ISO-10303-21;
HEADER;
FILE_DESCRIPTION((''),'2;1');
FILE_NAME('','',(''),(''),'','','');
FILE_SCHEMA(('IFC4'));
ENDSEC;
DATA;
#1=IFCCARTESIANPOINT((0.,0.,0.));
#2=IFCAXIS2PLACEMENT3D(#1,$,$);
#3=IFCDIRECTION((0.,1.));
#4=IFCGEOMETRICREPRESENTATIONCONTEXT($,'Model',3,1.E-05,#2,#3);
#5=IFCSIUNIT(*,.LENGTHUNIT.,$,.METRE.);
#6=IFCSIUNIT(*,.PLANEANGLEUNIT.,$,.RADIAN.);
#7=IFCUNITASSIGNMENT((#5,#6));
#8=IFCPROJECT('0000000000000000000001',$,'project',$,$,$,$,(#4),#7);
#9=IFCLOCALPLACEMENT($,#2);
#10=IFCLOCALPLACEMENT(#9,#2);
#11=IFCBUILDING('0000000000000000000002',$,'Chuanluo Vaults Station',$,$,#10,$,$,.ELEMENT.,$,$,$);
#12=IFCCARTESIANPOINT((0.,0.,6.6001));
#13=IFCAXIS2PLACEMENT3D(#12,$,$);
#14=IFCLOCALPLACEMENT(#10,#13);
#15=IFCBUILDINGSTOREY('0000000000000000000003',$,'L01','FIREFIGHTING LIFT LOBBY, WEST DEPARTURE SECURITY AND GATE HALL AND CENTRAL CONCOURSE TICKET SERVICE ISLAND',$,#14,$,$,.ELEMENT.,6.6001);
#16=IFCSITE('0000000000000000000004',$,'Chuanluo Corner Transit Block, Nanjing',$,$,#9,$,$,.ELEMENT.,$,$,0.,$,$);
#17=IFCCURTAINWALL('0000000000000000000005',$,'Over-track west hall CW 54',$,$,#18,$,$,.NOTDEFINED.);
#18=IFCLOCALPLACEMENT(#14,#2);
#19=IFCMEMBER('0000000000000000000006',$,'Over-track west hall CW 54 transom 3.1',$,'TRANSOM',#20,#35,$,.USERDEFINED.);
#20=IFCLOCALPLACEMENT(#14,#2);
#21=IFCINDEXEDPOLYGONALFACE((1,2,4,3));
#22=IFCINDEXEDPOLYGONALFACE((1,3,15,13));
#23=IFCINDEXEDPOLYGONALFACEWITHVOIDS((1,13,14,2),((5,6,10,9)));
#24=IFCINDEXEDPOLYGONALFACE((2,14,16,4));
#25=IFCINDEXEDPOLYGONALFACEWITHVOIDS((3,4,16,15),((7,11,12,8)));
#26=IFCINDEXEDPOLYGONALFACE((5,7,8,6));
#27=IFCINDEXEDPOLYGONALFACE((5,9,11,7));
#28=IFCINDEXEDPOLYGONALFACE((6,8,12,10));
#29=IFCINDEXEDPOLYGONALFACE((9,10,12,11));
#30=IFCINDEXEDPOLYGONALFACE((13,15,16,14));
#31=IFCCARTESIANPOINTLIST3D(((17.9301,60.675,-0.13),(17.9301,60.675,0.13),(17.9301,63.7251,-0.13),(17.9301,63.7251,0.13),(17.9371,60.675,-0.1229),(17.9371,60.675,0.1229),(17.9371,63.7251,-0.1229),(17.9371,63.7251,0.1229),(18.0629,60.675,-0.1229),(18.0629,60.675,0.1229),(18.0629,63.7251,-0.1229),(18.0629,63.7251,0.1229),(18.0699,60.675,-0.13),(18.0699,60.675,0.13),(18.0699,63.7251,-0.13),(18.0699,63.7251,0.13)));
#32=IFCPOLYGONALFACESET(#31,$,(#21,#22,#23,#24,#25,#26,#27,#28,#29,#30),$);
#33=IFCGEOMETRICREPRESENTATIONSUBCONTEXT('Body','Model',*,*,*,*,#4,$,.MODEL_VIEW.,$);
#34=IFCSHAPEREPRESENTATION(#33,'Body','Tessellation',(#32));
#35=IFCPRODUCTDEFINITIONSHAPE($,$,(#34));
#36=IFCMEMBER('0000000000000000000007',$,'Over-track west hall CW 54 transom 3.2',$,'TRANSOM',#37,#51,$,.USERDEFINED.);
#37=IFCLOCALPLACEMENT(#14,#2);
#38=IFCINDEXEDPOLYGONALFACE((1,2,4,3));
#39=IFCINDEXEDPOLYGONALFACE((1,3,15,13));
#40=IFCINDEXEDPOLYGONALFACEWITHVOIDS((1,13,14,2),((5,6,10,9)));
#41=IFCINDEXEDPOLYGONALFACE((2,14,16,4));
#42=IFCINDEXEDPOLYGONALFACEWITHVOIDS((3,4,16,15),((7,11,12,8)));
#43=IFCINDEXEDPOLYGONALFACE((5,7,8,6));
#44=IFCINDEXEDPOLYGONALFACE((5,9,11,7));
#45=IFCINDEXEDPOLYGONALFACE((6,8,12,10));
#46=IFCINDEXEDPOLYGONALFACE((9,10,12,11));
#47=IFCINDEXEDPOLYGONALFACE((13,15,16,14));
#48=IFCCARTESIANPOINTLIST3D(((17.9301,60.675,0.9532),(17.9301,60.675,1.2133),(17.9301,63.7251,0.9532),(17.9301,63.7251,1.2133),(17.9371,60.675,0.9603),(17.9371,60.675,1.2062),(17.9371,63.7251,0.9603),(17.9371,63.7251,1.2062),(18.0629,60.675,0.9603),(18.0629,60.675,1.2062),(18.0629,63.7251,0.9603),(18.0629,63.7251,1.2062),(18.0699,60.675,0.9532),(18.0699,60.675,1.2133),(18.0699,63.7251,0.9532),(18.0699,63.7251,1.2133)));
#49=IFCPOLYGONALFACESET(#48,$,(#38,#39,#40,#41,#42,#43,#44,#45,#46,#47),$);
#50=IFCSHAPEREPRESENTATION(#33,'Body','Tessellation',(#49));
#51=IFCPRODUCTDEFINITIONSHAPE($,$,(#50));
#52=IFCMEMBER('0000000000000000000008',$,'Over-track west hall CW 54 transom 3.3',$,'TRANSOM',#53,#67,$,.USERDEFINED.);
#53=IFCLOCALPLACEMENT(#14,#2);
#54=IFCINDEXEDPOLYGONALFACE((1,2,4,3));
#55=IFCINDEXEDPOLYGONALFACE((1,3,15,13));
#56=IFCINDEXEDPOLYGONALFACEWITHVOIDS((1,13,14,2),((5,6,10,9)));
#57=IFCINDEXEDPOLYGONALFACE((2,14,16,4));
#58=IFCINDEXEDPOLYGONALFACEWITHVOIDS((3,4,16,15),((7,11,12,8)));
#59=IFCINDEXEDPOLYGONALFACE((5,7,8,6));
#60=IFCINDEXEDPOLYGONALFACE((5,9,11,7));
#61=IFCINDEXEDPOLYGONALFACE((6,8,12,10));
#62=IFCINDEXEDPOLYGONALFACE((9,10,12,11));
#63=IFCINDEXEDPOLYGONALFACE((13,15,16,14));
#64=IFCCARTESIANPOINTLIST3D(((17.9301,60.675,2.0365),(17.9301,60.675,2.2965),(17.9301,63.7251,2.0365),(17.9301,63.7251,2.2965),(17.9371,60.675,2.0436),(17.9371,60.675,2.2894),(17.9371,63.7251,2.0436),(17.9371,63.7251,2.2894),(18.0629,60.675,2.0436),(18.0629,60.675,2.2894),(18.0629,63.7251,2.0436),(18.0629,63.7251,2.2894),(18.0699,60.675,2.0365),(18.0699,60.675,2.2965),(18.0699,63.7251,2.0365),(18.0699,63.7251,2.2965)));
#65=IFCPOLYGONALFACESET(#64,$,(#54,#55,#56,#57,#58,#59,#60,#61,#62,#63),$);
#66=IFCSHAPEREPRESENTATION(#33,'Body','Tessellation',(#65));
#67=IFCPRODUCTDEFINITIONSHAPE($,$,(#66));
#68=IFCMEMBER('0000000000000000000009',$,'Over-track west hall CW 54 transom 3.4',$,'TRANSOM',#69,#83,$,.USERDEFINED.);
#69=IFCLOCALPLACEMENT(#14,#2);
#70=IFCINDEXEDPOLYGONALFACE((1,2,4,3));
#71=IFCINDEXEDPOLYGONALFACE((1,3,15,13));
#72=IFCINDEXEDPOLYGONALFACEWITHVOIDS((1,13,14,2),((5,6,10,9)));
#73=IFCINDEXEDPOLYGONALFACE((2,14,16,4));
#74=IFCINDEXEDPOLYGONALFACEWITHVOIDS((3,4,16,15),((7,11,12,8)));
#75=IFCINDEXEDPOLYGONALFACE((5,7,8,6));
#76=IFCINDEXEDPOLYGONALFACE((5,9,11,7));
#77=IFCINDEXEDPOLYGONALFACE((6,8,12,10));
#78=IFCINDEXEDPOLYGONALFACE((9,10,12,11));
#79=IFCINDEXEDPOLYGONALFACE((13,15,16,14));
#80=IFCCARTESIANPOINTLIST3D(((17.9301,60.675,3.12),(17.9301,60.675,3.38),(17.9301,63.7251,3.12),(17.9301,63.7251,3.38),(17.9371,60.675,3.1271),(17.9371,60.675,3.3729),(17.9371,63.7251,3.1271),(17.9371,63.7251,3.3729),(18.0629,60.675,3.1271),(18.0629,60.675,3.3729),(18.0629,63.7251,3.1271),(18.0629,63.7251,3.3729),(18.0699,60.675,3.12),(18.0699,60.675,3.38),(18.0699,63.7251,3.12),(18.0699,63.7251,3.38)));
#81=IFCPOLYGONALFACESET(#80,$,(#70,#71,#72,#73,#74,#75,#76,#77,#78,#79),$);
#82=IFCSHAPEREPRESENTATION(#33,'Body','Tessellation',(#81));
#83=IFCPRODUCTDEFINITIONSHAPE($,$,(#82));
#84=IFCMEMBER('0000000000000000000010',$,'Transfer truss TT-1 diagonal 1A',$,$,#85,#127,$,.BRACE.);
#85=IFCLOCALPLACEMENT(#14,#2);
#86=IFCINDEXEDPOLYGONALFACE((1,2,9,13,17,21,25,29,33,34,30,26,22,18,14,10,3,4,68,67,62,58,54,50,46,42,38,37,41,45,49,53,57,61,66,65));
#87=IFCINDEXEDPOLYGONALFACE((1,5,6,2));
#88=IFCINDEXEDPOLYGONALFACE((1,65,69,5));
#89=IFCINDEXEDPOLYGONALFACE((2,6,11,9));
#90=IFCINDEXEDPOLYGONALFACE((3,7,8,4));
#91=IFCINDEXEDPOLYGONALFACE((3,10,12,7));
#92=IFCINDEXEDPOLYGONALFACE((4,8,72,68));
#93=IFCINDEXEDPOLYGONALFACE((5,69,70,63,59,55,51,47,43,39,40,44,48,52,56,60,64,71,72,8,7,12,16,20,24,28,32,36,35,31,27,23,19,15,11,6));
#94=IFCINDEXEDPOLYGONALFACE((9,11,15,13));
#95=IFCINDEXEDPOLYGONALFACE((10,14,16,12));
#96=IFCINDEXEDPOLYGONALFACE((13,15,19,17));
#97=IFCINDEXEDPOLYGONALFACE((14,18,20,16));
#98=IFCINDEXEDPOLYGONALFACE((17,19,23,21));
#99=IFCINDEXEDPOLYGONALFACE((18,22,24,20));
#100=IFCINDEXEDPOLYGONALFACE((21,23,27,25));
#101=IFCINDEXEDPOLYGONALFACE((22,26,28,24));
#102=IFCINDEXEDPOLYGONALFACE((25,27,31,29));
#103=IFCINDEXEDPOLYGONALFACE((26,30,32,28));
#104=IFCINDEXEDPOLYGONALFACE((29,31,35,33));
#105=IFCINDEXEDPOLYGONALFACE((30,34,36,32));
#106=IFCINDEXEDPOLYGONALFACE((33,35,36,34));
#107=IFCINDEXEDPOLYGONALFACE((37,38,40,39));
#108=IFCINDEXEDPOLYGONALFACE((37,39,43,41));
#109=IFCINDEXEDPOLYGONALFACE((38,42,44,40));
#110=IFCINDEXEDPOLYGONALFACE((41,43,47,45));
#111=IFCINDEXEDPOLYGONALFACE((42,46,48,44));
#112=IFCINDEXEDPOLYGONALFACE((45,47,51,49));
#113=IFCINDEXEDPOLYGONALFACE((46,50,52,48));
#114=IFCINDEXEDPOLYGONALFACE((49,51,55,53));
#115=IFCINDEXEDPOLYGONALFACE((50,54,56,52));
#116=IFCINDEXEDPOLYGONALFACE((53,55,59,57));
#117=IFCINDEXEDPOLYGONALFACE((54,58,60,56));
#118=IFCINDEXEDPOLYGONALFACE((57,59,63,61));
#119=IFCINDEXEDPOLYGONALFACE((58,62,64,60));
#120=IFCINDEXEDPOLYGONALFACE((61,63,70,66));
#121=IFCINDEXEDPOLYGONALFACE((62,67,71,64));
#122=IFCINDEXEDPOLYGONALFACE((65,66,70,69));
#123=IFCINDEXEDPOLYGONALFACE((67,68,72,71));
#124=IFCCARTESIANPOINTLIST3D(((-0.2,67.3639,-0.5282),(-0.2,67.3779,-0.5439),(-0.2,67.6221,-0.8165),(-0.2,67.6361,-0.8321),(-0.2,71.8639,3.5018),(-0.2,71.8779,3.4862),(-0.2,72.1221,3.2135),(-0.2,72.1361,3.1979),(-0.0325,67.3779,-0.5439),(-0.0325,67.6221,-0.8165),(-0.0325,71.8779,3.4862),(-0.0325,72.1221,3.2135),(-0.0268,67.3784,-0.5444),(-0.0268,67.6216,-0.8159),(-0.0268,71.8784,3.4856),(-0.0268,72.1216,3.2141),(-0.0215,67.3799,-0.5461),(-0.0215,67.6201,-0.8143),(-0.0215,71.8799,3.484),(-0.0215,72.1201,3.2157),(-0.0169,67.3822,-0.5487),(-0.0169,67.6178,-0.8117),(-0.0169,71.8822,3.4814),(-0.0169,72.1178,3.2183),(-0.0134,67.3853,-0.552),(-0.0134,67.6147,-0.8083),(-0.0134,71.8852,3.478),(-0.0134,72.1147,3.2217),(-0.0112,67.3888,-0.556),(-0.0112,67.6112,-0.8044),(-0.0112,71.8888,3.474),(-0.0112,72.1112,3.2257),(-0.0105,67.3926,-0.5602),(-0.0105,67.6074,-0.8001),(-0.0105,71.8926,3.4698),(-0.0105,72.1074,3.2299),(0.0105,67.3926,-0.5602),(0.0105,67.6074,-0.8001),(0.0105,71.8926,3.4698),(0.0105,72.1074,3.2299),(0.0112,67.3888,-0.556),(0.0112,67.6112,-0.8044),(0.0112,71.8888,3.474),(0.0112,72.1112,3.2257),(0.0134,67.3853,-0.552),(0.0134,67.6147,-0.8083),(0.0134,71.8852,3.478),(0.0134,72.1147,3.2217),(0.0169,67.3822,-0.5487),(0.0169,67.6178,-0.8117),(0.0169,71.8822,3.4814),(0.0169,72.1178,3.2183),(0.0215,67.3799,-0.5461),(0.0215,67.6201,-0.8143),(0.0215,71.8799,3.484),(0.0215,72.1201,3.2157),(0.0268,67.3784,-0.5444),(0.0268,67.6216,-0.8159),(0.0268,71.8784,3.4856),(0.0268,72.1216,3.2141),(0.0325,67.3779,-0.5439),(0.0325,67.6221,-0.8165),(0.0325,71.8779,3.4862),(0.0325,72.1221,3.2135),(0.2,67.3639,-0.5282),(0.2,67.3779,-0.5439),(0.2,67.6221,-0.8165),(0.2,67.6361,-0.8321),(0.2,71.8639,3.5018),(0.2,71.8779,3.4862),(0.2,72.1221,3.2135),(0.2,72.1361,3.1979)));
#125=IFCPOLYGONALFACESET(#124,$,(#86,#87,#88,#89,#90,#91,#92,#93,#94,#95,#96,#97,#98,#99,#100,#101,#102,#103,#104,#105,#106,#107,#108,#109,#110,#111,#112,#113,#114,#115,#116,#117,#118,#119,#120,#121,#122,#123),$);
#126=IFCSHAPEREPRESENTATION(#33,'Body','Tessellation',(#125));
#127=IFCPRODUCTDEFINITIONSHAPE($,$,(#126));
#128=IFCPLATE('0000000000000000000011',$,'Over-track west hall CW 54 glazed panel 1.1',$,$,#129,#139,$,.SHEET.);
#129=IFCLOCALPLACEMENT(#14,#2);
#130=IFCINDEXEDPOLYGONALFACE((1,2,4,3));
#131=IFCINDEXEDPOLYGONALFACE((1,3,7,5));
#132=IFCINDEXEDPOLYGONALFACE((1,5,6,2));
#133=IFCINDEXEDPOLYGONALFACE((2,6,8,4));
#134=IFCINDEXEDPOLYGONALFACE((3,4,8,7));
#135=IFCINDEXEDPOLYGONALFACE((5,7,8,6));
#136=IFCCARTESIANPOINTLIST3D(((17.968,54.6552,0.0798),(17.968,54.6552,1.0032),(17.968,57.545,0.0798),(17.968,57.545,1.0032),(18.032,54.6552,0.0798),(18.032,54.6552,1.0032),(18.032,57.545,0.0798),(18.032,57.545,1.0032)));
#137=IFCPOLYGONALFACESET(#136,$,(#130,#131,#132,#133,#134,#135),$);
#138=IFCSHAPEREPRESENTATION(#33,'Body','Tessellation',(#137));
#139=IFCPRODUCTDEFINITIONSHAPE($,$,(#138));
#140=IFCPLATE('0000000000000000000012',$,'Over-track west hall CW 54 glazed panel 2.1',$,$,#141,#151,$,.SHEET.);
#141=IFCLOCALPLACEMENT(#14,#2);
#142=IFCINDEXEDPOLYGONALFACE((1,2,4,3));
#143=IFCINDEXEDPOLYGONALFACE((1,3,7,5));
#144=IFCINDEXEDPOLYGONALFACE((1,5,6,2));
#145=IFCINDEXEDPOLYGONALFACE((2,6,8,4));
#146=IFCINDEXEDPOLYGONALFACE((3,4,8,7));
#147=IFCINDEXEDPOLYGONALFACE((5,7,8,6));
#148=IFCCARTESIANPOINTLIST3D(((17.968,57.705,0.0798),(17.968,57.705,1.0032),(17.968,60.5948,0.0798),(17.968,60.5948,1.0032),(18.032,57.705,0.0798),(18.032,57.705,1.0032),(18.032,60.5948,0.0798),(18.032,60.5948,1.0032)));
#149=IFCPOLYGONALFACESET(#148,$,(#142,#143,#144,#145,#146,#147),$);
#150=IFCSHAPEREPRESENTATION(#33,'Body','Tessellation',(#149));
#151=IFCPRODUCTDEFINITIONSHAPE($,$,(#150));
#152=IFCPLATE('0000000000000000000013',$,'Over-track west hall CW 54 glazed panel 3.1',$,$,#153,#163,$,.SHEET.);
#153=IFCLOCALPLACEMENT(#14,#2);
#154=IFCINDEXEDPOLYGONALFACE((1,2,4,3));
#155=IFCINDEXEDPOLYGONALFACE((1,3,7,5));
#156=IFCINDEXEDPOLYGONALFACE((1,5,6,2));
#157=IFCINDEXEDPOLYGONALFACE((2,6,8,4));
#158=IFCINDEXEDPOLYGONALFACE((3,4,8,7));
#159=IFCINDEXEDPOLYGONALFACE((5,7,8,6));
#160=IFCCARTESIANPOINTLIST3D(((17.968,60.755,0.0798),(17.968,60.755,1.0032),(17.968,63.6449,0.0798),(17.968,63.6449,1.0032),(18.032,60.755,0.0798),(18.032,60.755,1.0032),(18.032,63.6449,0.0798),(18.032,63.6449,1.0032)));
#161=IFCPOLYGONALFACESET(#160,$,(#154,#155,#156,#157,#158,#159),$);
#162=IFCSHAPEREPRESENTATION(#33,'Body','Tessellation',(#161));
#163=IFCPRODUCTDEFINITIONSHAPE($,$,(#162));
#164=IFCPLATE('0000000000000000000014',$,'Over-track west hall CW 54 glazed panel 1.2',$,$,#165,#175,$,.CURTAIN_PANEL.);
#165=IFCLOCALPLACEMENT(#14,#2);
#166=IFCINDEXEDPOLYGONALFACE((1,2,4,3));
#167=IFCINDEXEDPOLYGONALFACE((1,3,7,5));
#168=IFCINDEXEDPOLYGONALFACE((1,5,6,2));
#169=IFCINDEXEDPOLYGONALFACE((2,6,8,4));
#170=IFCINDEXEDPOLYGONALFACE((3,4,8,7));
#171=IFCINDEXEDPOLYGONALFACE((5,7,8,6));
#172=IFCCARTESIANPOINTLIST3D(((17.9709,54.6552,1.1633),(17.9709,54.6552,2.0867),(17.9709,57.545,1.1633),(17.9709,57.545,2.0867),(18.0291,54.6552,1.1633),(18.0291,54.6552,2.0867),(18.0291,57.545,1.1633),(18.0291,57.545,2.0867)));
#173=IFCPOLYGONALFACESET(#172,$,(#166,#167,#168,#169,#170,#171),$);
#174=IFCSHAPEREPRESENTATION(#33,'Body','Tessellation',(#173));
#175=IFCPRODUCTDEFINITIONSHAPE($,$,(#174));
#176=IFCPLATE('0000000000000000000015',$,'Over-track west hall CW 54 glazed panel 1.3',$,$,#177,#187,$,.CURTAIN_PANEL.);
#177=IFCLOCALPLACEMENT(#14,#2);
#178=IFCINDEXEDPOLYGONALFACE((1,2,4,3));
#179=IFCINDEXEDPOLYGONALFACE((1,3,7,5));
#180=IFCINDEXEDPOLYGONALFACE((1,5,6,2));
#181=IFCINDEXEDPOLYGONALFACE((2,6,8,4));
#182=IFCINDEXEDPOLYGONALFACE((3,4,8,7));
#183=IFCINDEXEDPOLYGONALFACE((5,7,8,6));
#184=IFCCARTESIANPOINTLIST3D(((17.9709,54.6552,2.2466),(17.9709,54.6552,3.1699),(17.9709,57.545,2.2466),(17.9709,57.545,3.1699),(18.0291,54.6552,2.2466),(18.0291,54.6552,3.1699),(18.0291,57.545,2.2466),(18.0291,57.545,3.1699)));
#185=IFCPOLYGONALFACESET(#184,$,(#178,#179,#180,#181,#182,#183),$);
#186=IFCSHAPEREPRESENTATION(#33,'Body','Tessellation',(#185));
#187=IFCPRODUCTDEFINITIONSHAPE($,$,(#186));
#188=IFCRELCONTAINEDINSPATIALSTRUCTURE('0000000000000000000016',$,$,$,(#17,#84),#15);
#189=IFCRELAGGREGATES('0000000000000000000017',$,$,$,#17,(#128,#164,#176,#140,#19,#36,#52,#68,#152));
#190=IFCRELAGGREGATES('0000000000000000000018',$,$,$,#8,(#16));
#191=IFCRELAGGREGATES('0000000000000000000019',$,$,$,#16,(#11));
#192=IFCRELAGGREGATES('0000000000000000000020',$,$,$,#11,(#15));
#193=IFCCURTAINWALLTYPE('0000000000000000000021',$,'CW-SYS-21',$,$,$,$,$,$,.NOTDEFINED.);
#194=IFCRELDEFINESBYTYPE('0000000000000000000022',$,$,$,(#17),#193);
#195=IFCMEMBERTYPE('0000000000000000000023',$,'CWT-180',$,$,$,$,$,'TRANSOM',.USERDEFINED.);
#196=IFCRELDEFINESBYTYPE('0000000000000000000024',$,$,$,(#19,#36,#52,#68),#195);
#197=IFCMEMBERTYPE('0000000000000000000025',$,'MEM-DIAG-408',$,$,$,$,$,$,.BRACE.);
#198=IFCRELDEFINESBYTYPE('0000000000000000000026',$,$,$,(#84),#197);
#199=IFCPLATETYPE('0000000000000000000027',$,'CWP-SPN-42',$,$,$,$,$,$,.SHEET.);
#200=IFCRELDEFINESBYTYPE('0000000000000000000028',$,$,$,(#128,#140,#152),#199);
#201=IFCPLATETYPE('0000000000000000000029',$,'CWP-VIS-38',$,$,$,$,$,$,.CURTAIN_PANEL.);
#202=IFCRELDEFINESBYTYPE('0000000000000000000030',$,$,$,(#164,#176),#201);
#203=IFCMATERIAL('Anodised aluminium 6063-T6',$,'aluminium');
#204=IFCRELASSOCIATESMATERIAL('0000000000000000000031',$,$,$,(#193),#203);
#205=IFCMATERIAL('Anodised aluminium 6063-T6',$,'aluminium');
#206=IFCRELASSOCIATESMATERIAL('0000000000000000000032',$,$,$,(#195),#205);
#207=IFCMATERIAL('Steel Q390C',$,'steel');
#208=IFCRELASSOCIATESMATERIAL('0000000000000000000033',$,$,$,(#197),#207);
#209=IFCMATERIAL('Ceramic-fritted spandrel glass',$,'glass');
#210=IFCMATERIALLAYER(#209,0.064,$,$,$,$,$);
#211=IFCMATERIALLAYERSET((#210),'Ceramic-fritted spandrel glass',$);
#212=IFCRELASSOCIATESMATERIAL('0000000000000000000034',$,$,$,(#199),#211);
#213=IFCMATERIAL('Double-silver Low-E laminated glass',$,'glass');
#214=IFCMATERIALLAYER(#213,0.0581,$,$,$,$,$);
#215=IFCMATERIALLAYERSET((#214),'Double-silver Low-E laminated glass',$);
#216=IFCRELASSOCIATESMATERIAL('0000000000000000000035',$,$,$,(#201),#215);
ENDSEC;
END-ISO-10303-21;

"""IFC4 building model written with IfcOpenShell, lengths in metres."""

from ifc_helpers import new_model, si_unit, direction, frame, origin, origin_2d, place, context, subcontext, project, spatial, rectangle, hollow_rectangle, i_section, extrude, material, layer, layer_set, material_profile, profile_set, type_object, element, aggregate, save


model = new_model("IFC4")

# Units and contexts
model_context = context("Model", 3, precision=1e-05, world=origin(), true_north=direction((0.0, 1.0)))
body_context = subcontext(model_context, "Body", "Model", "MODEL_VIEW")
ifc_project = project(units=[si_unit("LENGTHUNIT", "METRE"), si_unit("PLANEANGLEUNIT", "RADIAN")], contexts=[model_context])

# Site, building, storey
site_placement = place(None, origin())
site = spatial("IfcSite", under=ifc_project, at=site_placement, Name="Chuanluo Corner Transit Block, Nanjing", CompositionType="ELEMENT", RefElevation=0.0)
building_placement = place(site_placement, origin())
building = spatial("IfcBuilding", under=site, at=building_placement, Name="Chuanluo Vaults Station", CompositionType="ELEMENT")
storey_placement = place(building_placement, frame((0.0, 0.0, 6.6001)))
storey = spatial("IfcBuildingStorey", under=building, at=storey_placement, Name="L01", Description="FIREFIGHTING LIFT LOBBY, WEST DEPARTURE SECURITY AND GATE HALL AND CENTRAL CONCOURSE TICKET SERVICE ISLAND", CompositionType="ELEMENT", Elevation=6.6001)

# Curtain wall, members
ifc_material_1 = material(Name="Anodised aluminium 6063-T6", Category="aluminium")
curtain_wall_type = type_object("IfcCurtainWallType", Name="CW-SYS-21", PredefinedType="NOTDEFINED", material=ifc_material_1)
curtain_wall_placement = place(storey_placement, origin())
curtain_wall = element("IfcCurtainWall", 1, at=curtain_wall_placement, inside=storey, type_object=curtain_wall_type, Name="Over-track west hall CW 54", PredefinedType="NOTDEFINED")
ifc_material_2 = material(Name="Anodised aluminium 6063-T6", Category="aluminium")
ifc_material_profile_1 = material_profile(ifc_material_2, hollow_rectangle(XDim=0.1399, YDim=0.26, WallThickness=0.0071, at=origin_2d()))
ifc_profile_set_1 = profile_set([ifc_material_profile_1], Name="Anodised aluminium 6063-T6")
member_type_1 = type_object("IfcMemberType", Name="CWT-180", ElementType="TRANSOM", PredefinedType="USERDEFINED", material=ifc_profile_set_1)
member_1_placement = place(storey_placement, frame((18.0, 60.675, 0.0), z_axis=(0.0, 1.0, 0.0), x_axis=(-1.0, 0.0, 0.0)))
member_1 = element("IfcMember", 2, at=member_1_placement, type_object=member_type_1, Name="Over-track west hall CW 54 transom 3.1", ObjectType="TRANSOM", PredefinedType="USERDEFINED", context=body_context, shape_type="SweptSolid", body=[
    extrude(hollow_rectangle(XDim=0.1399, YDim=0.26, WallThickness=0.0071, at=origin_2d()), origin(), (0.0, 0.0, 1.0), 3.05),
])
member_2_placement = place(storey_placement, frame((18.0, 60.675, 1.0833), z_axis=(0.0, 1.0, 0.0), x_axis=(-1.0, 0.0, 0.0)))
member_2 = element("IfcMember", 3, at=member_2_placement, type_object=member_type_1, Name="Over-track west hall CW 54 transom 3.2", ObjectType="TRANSOM", PredefinedType="USERDEFINED", context=body_context, shape_type="SweptSolid", body=[
    extrude(hollow_rectangle(XDim=0.1399, YDim=0.26, WallThickness=0.0071, at=origin_2d()), origin(), (0.0, 0.0, 1.0), 3.05),
])
member_3_placement = place(storey_placement, frame((18.0, 60.675, 2.1665), z_axis=(0.0, 1.0, 0.0), x_axis=(-1.0, 0.0, 0.0)))
member_3 = element("IfcMember", 4, at=member_3_placement, type_object=member_type_1, Name="Over-track west hall CW 54 transom 3.3", ObjectType="TRANSOM", PredefinedType="USERDEFINED", context=body_context, shape_type="SweptSolid", body=[
    extrude(hollow_rectangle(XDim=0.1399, YDim=0.26, WallThickness=0.0071, at=origin_2d()), origin(), (0.0, 0.0, 1.0), 3.05),
])
member_4_placement = place(storey_placement, frame((18.0, 60.675, 3.25), z_axis=(0.0, 1.0, 0.0), x_axis=(-1.0, 0.0, 0.0)))
member_4 = element("IfcMember", 5, at=member_4_placement, type_object=member_type_1, Name="Over-track west hall CW 54 transom 3.4", ObjectType="TRANSOM", PredefinedType="USERDEFINED", context=body_context, shape_type="SweptSolid", body=[
    extrude(hollow_rectangle(XDim=0.1399, YDim=0.26, WallThickness=0.0071, at=origin_2d()), origin(), (0.0, 0.0, 1.0), 3.05),
])

# Member
ifc_material_3 = material(Name="Steel Q390C", Category="steel")
ifc_material_profile_2 = material_profile(ifc_material_3, i_section(OverallWidth=0.3999, OverallDepth=0.408, WebThickness=0.021, FlangeThickness=0.021, FilletRadius=0.022, at=origin_2d()))
ifc_profile_set_2 = profile_set([ifc_material_profile_2], Name="Steel Q390C")
member_type_2 = type_object("IfcMemberType", Name="MEM-DIAG-408", PredefinedType="BRACE", material=ifc_profile_set_2)
member_5_placement = place(storey_placement, frame((0.0, 67.5, -0.6802), z_axis=(0.0, 0.744936, 0.667136), x_axis=(-1.0, 0.0, 0.0)))
element("IfcMember", 6, at=member_5_placement, inside=storey, type_object=member_type_2, Name="Transfer truss TT-1 diagonal 1A", PredefinedType="BRACE", context=body_context, shape_type="SweptSolid", body=[
    extrude(i_section(OverallWidth=0.3999, OverallDepth=0.408, WebThickness=0.021, FlangeThickness=0.021, FilletRadius=0.022, at=origin_2d()), origin(), (0.0, 0.0, 1.0), 6.0408),
])

# Plates
ifc_material_4 = material(Name="Ceramic-fritted spandrel glass", Category="glass")
ifc_layer_1 = layer(ifc_material_4, 0.064)
ifc_layer_set_1 = layer_set([ifc_layer_1], Name="Ceramic-fritted spandrel glass")
plate_type_1 = type_object("IfcPlateType", Name="CWP-SPN-42", PredefinedType="SHEET", material=ifc_layer_set_1)
plate_1_placement = place(storey_placement, frame((18.0, 56.1001, 0.0798), z_axis=(0.0, 0.0, 1.0), x_axis=(0.0, 1.0, 0.0)))
plate_1 = element("IfcPlate", 7, at=plate_1_placement, type_object=plate_type_1, Name="Over-track west hall CW 54 glazed panel 1.1", PredefinedType="SHEET", context=body_context, shape_type="SweptSolid", body=[
    extrude(rectangle(XDim=2.8899, YDim=0.064, at=origin_2d()), origin(), (0.0, 0.0, 1.0), 0.9233),
])
plate_2_placement = place(storey_placement, frame((18.0, 59.1499, 0.0798), z_axis=(0.0, 0.0, 1.0), x_axis=(0.0, 1.0, 0.0)))
plate_2 = element("IfcPlate", 8, at=plate_2_placement, type_object=plate_type_1, Name="Over-track west hall CW 54 glazed panel 2.1", PredefinedType="SHEET", context=body_context, shape_type="SweptSolid", body=[
    extrude(rectangle(XDim=2.8899, YDim=0.064, at=origin_2d()), origin(), (0.0, 0.0, 1.0), 0.9233),
])
plate_3_placement = place(storey_placement, frame((18.0, 62.2, 0.0798), z_axis=(0.0, 0.0, 1.0), x_axis=(0.0, 1.0, 0.0)))
plate_3 = element("IfcPlate", 9, at=plate_3_placement, type_object=plate_type_1, Name="Over-track west hall CW 54 glazed panel 3.1", PredefinedType="SHEET", context=body_context, shape_type="SweptSolid", body=[
    extrude(rectangle(XDim=2.8899, YDim=0.064, at=origin_2d()), origin(), (0.0, 0.0, 1.0), 0.9233),
])
ifc_material_5 = material(Name="Double-silver Low-E laminated glass", Category="glass")
ifc_layer_2 = layer(ifc_material_5, 0.0581)
ifc_layer_set_2 = layer_set([ifc_layer_2], Name="Double-silver Low-E laminated glass")
plate_type_2 = type_object("IfcPlateType", Name="CWP-VIS-38", PredefinedType="CURTAIN_PANEL", material=ifc_layer_set_2)
plate_4_placement = place(storey_placement, frame((18.0, 56.1001, 1.1633), z_axis=(0.0, 0.0, 1.0), x_axis=(0.0, 1.0, 0.0)))
plate_4 = element("IfcPlate", 10, at=plate_4_placement, type_object=plate_type_2, Name="Over-track west hall CW 54 glazed panel 1.2", PredefinedType="CURTAIN_PANEL", context=body_context, shape_type="SweptSolid", body=[
    extrude(rectangle(XDim=2.8899, YDim=0.0581, at=origin_2d()), origin(), (0.0, 0.0, 1.0), 0.9233),
])
plate_5_placement = place(storey_placement, frame((18.0, 56.1001, 2.2466), z_axis=(0.0, 0.0, 1.0), x_axis=(0.0, 1.0, 0.0)))
plate_5 = element("IfcPlate", 11, at=plate_5_placement, type_object=plate_type_2, Name="Over-track west hall CW 54 glazed panel 1.3", PredefinedType="CURTAIN_PANEL", context=body_context, shape_type="SweptSolid", body=[
    extrude(rectangle(XDim=2.8899, YDim=0.0581, at=origin_2d()), origin(), (0.0, 0.0, 1.0), 0.9233),
])
aggregate(curtain_wall, [plate_1, plate_4, plate_5, plate_2, member_1, member_2, member_3, member_4, plate_3])

save(model, "model.ifc")
